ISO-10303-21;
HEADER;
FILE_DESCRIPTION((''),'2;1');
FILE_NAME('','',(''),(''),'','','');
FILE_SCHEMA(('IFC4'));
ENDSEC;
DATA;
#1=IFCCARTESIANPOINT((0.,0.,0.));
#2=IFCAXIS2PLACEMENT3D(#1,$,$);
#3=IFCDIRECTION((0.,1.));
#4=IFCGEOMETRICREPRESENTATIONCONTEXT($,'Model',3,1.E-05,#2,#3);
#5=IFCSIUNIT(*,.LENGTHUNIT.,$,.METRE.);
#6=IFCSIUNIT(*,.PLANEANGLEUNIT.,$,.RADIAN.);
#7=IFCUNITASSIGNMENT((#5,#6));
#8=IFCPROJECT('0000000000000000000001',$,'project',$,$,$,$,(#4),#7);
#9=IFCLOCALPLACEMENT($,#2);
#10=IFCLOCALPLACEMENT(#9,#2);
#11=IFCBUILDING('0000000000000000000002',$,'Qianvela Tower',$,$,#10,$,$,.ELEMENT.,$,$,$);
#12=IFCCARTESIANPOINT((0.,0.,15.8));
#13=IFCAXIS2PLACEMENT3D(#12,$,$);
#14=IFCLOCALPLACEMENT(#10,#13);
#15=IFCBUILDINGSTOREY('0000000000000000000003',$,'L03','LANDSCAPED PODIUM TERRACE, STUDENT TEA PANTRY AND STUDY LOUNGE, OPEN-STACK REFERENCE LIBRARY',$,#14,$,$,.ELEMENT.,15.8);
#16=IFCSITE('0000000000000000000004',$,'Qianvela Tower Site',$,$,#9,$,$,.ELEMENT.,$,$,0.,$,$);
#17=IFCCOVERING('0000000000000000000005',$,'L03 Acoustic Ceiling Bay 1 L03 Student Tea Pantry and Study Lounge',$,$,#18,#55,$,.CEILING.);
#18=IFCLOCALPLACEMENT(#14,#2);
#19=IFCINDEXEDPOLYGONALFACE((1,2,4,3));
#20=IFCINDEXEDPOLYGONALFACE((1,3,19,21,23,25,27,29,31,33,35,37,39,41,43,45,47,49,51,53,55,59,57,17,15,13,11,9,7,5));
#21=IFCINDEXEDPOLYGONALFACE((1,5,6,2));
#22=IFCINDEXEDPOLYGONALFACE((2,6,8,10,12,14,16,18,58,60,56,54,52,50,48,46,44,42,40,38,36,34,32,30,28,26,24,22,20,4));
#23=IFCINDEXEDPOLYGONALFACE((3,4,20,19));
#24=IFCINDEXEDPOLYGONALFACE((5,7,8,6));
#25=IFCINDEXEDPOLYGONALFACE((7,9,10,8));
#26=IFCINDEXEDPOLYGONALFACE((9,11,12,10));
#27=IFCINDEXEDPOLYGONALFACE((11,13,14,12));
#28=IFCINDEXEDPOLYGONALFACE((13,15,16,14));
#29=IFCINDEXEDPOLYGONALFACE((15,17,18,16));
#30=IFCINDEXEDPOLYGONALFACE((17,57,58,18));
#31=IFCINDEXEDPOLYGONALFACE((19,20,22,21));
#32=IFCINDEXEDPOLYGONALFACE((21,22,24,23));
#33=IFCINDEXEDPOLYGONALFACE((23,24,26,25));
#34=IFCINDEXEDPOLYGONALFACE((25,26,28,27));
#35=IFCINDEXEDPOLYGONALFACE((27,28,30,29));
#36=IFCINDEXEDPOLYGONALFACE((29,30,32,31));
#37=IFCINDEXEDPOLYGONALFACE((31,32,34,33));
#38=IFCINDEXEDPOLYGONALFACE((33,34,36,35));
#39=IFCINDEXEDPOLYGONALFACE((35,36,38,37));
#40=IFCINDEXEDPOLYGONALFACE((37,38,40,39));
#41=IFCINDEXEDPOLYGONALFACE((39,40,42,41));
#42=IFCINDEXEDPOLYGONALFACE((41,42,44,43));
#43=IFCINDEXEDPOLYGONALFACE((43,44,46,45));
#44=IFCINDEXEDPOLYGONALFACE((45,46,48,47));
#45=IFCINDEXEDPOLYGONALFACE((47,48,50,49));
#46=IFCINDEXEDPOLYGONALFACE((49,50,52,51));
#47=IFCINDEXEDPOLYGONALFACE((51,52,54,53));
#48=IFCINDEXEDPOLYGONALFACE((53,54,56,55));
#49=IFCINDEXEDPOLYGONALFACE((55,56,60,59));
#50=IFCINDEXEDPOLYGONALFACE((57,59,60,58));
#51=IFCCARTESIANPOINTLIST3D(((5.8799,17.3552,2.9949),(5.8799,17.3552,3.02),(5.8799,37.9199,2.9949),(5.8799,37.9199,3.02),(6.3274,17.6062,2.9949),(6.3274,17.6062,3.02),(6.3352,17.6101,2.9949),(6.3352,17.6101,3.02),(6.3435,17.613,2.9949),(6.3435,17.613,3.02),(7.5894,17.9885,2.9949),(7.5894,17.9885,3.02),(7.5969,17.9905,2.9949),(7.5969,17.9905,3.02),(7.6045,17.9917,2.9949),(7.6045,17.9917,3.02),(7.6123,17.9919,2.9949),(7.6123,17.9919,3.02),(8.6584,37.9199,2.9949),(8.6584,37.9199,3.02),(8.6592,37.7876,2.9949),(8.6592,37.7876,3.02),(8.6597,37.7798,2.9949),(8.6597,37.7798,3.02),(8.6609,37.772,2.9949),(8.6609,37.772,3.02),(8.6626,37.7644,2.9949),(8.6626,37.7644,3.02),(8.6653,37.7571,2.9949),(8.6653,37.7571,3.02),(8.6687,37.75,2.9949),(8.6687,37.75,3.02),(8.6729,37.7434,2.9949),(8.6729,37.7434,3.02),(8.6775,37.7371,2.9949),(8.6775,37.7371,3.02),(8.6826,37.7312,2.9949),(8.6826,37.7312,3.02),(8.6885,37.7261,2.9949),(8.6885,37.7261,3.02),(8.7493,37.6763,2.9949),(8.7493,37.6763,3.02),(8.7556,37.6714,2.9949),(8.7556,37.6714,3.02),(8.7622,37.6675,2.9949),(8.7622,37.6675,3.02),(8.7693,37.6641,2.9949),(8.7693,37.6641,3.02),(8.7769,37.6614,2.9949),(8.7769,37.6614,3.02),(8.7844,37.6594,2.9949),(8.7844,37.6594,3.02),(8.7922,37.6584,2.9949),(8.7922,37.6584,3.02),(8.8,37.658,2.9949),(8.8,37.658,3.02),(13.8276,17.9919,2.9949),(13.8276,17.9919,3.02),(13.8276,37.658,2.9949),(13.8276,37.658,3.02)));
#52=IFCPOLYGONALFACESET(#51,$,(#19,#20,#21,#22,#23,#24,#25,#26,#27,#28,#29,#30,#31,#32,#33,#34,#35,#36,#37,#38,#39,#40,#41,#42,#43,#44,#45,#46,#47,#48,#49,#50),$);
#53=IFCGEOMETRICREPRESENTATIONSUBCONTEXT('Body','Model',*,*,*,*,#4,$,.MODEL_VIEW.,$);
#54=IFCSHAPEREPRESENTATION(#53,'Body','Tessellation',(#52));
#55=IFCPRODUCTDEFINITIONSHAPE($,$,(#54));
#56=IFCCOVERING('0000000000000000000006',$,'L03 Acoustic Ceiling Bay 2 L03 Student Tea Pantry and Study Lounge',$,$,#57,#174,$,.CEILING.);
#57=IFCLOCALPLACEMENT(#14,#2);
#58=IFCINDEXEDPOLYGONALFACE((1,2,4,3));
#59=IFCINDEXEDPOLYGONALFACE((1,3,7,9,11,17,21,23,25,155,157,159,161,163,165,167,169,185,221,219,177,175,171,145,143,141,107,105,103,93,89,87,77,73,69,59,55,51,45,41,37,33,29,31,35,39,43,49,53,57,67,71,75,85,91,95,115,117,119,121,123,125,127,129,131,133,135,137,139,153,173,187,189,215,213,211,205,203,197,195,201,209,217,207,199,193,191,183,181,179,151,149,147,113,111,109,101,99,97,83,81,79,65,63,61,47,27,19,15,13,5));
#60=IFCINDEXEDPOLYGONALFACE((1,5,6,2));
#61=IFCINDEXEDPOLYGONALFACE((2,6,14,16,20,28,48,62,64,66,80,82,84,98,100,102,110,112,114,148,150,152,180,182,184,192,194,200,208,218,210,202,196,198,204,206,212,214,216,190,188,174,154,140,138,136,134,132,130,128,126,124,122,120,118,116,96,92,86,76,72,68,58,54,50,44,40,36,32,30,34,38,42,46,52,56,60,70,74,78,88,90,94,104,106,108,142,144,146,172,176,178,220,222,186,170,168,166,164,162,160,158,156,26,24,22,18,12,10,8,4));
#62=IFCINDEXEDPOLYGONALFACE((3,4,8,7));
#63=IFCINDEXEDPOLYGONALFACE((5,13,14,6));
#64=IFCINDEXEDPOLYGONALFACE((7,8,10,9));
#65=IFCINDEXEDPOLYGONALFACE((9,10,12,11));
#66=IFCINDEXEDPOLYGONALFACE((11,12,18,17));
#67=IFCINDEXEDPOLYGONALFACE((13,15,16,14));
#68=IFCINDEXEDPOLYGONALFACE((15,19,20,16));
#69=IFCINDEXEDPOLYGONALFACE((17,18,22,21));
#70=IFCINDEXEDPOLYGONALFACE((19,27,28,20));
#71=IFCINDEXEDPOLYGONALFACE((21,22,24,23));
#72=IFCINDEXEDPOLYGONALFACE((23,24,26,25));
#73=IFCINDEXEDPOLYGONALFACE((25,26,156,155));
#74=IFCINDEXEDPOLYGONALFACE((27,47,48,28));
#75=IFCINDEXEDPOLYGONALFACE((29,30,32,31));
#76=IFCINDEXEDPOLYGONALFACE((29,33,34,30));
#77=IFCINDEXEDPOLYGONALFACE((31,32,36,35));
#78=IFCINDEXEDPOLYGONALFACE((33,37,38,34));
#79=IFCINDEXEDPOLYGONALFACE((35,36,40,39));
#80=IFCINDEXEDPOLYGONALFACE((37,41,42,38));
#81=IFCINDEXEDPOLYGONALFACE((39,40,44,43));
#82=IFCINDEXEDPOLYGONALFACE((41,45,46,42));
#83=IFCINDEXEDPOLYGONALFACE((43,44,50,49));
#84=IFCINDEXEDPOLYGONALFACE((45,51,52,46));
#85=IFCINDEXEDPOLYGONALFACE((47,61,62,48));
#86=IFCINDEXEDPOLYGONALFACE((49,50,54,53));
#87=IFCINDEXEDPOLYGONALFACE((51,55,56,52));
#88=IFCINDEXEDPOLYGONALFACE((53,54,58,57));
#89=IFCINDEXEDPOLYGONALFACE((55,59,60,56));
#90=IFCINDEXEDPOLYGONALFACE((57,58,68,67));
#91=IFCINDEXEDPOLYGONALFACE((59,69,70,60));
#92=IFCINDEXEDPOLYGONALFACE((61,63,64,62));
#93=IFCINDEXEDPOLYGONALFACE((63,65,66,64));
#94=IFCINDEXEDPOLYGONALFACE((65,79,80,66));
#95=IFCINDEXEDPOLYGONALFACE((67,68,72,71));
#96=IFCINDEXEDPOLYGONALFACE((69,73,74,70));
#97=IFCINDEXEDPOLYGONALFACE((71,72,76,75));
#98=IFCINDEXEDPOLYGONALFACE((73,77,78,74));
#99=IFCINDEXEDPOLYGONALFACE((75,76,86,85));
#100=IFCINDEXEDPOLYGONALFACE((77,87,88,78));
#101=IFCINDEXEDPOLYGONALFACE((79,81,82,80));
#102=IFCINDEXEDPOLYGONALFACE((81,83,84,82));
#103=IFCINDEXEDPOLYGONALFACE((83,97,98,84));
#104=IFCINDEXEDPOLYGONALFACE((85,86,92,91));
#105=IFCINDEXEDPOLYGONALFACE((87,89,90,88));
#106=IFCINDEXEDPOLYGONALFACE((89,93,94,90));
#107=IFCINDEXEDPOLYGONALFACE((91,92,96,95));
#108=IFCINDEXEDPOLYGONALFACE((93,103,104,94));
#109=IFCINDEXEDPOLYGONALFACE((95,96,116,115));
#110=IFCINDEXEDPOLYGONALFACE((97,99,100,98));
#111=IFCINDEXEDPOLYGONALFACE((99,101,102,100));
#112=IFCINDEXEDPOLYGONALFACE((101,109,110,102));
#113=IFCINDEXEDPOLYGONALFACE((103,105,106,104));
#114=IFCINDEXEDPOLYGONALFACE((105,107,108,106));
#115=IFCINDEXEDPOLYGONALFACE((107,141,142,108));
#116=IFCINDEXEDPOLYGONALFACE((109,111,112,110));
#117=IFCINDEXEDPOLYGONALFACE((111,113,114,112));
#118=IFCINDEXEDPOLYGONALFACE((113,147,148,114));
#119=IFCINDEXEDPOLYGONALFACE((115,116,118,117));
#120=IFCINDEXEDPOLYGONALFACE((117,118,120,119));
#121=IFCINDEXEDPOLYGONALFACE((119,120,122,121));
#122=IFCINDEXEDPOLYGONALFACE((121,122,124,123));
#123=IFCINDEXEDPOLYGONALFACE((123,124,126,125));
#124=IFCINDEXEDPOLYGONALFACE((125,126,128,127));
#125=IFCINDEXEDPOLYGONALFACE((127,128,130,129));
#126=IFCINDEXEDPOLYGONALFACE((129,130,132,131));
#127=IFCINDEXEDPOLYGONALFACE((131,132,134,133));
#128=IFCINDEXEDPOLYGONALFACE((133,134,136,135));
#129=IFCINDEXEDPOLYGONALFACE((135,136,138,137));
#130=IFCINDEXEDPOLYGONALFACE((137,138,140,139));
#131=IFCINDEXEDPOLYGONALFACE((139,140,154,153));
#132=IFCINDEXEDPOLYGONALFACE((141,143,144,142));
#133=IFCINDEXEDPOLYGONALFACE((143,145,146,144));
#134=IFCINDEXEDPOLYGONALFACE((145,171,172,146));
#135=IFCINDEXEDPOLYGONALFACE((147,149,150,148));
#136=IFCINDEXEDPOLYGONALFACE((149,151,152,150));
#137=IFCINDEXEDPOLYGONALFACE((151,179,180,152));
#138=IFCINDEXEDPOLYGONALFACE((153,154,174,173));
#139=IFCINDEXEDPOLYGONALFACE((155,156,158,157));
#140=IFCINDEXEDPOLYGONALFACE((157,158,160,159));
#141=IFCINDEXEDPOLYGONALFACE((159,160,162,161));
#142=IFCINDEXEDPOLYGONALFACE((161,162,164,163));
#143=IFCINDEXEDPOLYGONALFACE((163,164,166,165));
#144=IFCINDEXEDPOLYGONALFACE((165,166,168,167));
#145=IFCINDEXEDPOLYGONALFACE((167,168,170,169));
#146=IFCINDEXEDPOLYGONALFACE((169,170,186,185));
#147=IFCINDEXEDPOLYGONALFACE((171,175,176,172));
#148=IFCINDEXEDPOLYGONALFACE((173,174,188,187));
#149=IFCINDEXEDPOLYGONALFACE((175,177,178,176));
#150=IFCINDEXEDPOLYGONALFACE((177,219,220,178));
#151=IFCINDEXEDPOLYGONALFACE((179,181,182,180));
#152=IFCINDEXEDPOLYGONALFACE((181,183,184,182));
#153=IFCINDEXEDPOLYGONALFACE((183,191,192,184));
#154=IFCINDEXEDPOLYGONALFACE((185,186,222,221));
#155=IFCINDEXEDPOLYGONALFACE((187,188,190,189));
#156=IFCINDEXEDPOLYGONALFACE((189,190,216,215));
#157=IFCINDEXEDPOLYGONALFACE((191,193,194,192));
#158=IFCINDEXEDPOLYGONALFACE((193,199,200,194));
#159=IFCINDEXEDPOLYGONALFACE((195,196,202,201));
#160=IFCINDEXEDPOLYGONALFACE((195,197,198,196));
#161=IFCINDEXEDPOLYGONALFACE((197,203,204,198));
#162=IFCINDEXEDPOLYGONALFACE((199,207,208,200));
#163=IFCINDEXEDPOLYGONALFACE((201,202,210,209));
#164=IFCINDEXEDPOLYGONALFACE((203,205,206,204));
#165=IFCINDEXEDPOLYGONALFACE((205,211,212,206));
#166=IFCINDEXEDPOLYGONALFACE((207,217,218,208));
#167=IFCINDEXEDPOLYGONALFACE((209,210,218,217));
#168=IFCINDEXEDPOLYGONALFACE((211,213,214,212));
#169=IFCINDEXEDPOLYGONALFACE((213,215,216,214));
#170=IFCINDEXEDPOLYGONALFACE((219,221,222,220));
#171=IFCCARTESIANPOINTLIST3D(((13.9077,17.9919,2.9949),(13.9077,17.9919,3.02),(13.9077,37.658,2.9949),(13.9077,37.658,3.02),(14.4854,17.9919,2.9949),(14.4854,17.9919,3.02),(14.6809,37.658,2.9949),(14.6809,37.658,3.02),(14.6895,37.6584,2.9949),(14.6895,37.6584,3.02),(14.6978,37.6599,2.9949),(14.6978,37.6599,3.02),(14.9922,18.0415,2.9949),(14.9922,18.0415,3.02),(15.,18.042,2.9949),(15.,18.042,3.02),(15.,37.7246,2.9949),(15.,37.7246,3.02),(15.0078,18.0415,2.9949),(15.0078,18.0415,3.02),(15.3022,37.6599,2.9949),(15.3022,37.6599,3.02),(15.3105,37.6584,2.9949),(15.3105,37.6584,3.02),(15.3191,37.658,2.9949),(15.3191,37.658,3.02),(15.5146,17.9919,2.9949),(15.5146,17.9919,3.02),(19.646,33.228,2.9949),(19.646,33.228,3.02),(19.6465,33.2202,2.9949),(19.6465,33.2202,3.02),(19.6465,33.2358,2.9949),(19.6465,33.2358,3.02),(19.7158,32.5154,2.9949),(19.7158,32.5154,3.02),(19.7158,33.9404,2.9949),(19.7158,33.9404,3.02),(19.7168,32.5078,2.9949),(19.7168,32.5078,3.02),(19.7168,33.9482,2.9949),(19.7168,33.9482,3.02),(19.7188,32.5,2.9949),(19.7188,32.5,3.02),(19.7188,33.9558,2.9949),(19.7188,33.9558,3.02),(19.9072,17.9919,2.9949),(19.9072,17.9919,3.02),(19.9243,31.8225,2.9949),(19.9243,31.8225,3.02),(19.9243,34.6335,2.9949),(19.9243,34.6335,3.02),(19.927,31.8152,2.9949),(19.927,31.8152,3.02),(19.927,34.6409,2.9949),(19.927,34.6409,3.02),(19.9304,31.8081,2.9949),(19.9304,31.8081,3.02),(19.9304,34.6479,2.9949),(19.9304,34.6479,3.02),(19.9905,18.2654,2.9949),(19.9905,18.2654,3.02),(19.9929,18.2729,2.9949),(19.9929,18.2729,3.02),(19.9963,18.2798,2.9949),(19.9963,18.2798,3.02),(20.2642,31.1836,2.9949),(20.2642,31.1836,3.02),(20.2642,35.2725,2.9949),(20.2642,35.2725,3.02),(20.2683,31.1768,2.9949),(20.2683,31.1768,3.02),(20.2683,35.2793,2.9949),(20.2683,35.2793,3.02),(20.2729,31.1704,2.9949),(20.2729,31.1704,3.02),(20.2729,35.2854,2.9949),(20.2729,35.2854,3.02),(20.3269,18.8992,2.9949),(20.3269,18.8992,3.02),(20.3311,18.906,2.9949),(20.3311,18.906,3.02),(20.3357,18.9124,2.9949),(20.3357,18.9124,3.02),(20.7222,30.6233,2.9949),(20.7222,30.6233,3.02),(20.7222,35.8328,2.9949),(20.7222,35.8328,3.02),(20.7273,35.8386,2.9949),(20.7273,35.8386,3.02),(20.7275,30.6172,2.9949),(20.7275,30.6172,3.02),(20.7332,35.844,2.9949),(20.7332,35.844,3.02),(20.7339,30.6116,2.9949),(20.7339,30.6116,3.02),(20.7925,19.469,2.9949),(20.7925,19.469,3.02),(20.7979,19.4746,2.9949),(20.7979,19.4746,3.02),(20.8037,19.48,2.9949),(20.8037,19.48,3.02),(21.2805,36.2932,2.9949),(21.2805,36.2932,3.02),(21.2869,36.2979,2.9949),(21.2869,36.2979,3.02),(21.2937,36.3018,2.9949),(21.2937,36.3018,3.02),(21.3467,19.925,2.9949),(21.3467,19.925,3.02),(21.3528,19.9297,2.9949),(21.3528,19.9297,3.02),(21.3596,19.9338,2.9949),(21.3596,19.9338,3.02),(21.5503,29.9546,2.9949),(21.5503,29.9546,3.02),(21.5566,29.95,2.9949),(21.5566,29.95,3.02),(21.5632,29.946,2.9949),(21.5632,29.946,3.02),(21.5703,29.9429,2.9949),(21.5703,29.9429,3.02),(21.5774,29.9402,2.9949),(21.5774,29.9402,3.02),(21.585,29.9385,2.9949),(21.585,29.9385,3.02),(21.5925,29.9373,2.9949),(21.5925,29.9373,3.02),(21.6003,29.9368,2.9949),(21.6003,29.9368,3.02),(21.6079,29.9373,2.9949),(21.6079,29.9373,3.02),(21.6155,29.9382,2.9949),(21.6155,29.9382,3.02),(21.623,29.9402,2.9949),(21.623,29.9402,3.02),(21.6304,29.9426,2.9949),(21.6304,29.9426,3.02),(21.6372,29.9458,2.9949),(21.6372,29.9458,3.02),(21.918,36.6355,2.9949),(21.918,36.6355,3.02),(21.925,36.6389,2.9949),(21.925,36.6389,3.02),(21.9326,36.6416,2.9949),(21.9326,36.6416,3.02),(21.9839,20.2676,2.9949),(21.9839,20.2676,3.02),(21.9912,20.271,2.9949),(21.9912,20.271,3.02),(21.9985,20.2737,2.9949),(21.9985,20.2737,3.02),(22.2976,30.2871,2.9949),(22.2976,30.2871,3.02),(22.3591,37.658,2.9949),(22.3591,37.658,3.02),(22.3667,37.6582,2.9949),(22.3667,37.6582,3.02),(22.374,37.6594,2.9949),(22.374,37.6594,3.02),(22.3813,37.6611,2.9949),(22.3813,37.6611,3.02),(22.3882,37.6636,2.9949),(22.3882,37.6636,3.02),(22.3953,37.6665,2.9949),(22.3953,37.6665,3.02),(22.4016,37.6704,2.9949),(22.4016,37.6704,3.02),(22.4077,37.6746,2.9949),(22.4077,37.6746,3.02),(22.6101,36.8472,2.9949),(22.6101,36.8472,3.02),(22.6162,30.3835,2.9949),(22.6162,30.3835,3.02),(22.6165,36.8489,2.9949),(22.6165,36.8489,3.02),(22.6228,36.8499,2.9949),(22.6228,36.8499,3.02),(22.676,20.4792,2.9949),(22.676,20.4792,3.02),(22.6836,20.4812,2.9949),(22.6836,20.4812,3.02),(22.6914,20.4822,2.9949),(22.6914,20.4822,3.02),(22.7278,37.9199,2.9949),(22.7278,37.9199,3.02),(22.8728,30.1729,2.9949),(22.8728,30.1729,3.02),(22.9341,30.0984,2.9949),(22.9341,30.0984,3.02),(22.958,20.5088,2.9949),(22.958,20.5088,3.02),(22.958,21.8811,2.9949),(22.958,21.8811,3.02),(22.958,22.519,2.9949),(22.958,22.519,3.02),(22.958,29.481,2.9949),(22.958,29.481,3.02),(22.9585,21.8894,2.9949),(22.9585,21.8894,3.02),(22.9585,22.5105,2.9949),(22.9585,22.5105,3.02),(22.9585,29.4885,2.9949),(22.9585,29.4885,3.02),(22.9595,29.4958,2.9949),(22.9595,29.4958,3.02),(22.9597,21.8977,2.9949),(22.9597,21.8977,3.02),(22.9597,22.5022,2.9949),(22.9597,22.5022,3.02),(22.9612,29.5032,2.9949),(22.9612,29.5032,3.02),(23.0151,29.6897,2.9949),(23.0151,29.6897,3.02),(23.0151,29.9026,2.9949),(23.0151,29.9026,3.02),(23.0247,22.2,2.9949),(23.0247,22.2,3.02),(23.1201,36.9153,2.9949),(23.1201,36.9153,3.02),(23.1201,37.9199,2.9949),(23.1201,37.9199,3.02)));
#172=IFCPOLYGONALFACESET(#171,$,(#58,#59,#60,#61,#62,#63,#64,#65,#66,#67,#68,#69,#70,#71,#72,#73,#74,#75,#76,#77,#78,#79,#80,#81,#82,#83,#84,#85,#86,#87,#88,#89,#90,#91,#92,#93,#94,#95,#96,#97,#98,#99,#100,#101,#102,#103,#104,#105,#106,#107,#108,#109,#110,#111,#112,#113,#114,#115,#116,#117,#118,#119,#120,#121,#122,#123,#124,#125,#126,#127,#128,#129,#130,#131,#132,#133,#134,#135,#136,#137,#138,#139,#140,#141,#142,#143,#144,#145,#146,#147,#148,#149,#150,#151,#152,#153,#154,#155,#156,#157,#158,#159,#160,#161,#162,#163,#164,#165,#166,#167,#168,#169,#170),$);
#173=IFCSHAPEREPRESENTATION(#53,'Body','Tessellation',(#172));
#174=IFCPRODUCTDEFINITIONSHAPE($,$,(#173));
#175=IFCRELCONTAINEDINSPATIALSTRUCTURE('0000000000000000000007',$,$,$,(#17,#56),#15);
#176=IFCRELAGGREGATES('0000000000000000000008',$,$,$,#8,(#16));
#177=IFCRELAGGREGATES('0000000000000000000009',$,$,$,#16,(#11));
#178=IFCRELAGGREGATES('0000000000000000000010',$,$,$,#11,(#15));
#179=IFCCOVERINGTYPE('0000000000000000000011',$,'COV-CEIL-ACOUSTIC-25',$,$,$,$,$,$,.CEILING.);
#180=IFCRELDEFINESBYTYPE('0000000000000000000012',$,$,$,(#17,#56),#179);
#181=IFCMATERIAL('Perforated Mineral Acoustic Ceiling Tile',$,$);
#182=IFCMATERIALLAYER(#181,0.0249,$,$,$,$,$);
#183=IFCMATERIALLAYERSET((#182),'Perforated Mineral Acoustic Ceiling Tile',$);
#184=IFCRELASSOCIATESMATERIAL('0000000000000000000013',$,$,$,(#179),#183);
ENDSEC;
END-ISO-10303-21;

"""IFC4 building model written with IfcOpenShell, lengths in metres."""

from ifc_helpers import new_model, si_unit, direction, frame, origin, place, context, subcontext, project, spatial, polyline, outline, extrude, material, layer, layer_set, type_object, element, save


model = new_model("IFC4")

# Units and contexts
model_context = context("Model", 3, precision=1e-05, world=origin(), true_north=direction((0.0, 1.0)))
body_context = subcontext(model_context, "Body", "Model", "MODEL_VIEW")
ifc_project = project(units=[si_unit("LENGTHUNIT", "METRE"), si_unit("PLANEANGLEUNIT", "RADIAN")], contexts=[model_context])

# Site, building, storey
site_placement = place(None, origin())
site = spatial("IfcSite", under=ifc_project, at=site_placement, Name="Qianvela Tower Site", CompositionType="ELEMENT", RefElevation=0.0)
building_placement = place(site_placement, origin())
building = spatial("IfcBuilding", under=site, at=building_placement, Name="Qianvela Tower", CompositionType="ELEMENT")
storey_placement = place(building_placement, frame((0.0, 0.0, 15.8)))
storey = spatial("IfcBuildingStorey", under=building, at=storey_placement, Name="L03", Description="LANDSCAPED PODIUM TERRACE, STUDENT TEA PANTRY AND STUDY LOUNGE, OPEN-STACK REFERENCE LIBRARY", CompositionType="ELEMENT", Elevation=15.8)

# Coverings
ifc_material_1 = material(Name="Perforated Mineral Acoustic Ceiling Tile")
ifc_layer_1 = layer(ifc_material_1, 0.0249)
ifc_layer_set_1 = layer_set([ifc_layer_1], Name="Perforated Mineral Acoustic Ceiling Tile")
covering_type_1 = type_object("IfcCoveringType", Name="COV-CEIL-ACOUSTIC-25", PredefinedType="CEILING", material=ifc_layer_set_1)
covering_1_placement = place(storey_placement, frame((0.0, 0.0, 2.9949)))
element("IfcCovering", 1, at=covering_1_placement, inside=storey, type_object=covering_type_1, Name="L03 Acoustic Ceiling Bay 1 L03 Student Tea Pantry and Study Lounge", PredefinedType="CEILING", context=body_context, shape_type="SweptSolid", body=[
    extrude(outline(polyline([(7.6123, 17.9919), (7.6045, 17.9917), (7.5969, 17.9905), (7.5894, 17.9885), (6.3435, 17.613), (6.3352, 17.6101), (6.3274, 17.6062), (5.8799, 17.3552), (5.8799, 37.9199), (8.6584, 37.9199), (8.6592, 37.7876), (8.6597, 37.7798), (8.6609, 37.772), (8.6626, 37.7644), (8.6653, 37.7571), (8.6687, 37.75), (8.6729, 37.7434), (8.6775, 37.7371), (8.6826, 37.7312), (8.6885, 37.7261), (8.7493, 37.6763), (8.7556, 37.6714), (8.7622, 37.6675), (8.7693, 37.6641), (8.7769, 37.6614), (8.7844, 37.6594), (8.7922, 37.6584), (8.8, 37.658), (13.8276, 37.658), (13.8276, 17.9919), (7.6123, 17.9919)])), origin(), (0.0, 0.0, 1.0), 0.0251),
])
covering_2_placement = place(storey_placement, frame((0.0, 0.0, 2.9949)))
element("IfcCovering", 2, at=covering_2_placement, inside=storey, type_object=covering_type_1, Name="L03 Acoustic Ceiling Bay 2 L03 Student Tea Pantry and Study Lounge", PredefinedType="CEILING", context=body_context, shape_type="SweptSolid", body=[
    extrude(outline(polyline([(22.6228, 36.8499), (22.6165, 36.8489), (22.6101, 36.8472), (21.9326, 36.6416), (21.925, 36.6389), (21.918, 36.6355), (21.2937, 36.3018), (21.2869, 36.2979), (21.2805, 36.2932), (20.7332, 35.844), (20.7273, 35.8386), (20.7222, 35.8328), (20.2729, 35.2854), (20.2683, 35.2793), (20.2642, 35.2725), (19.9304, 34.6479), (19.927, 34.6409), (19.9243, 34.6335), (19.7188, 33.9558), (19.7168, 33.9482), (19.7158, 33.9404), (19.6465, 33.2358), (19.646, 33.228), (19.6465, 33.2202), (19.7158, 32.5154), (19.7168, 32.5078), (19.7188, 32.5), (19.9243, 31.8225), (19.927, 31.8152), (19.9304, 31.8081), (20.2642, 31.1836), (20.2683, 31.1768), (20.2729, 31.1704), (20.7222, 30.6233), (20.7275, 30.6172), (20.7339, 30.6116), (21.5503, 29.9546), (21.5566, 29.95), (21.5632, 29.946), (21.5703, 29.9429), (21.5774, 29.9402), (21.585, 29.9385), (21.5925, 29.9373), (21.6003, 29.9368), (21.6079, 29.9373), (21.6155, 29.9382), (21.623, 29.9402), (21.6304, 29.9426), (21.6372, 29.9458), (22.2976, 30.2871), (22.6162, 30.3835), (22.8728, 30.1729), (22.9341, 30.0984), (23.0151, 29.9026), (23.0151, 29.6897), (22.9612, 29.5032), (22.9595, 29.4958), (22.9585, 29.4885), (22.958, 29.481), (22.958, 22.519), (22.9585, 22.5105), (22.9597, 22.5022), (23.0247, 22.2), (22.9597, 21.8977), (22.9585, 21.8894), (22.958, 21.8811), (22.958, 20.5088), (22.6914, 20.4822), (22.6836, 20.4812), (22.676, 20.4792), (21.9985, 20.2737), (21.9912, 20.271), (21.9839, 20.2676), (21.3596, 19.9338), (21.3528, 19.9297), (21.3467, 19.925), (20.8037, 19.48), (20.7979, 19.4746), (20.7925, 19.469), (20.3357, 18.9124), (20.3311, 18.906), (20.3269, 18.8992), (19.9963, 18.2798), (19.9929, 18.2729), (19.9905, 18.2654), (19.9072, 17.9919), (15.5146, 17.9919), (15.0078, 18.0415), (15.0, 18.042), (14.9922, 18.0415), (14.4854, 17.9919), (13.9077, 17.9919), (13.9077, 37.658), (14.6809, 37.658), (14.6895, 37.6584), (14.6978, 37.6599), (15.0, 37.7246), (15.3022, 37.6599), (15.3105, 37.6584), (15.3191, 37.658), (22.3591, 37.658), (22.3667, 37.6582), (22.374, 37.6594), (22.3813, 37.6611), (22.3882, 37.6636), (22.3953, 37.6665), (22.4016, 37.6704), (22.4077, 37.6746), (22.7278, 37.9199), (23.1201, 37.9199), (23.1201, 36.9153), (22.6228, 36.8499)])), origin(), (0.0, 0.0, 1.0), 0.0251),
])

save(model, "model.ifc")
